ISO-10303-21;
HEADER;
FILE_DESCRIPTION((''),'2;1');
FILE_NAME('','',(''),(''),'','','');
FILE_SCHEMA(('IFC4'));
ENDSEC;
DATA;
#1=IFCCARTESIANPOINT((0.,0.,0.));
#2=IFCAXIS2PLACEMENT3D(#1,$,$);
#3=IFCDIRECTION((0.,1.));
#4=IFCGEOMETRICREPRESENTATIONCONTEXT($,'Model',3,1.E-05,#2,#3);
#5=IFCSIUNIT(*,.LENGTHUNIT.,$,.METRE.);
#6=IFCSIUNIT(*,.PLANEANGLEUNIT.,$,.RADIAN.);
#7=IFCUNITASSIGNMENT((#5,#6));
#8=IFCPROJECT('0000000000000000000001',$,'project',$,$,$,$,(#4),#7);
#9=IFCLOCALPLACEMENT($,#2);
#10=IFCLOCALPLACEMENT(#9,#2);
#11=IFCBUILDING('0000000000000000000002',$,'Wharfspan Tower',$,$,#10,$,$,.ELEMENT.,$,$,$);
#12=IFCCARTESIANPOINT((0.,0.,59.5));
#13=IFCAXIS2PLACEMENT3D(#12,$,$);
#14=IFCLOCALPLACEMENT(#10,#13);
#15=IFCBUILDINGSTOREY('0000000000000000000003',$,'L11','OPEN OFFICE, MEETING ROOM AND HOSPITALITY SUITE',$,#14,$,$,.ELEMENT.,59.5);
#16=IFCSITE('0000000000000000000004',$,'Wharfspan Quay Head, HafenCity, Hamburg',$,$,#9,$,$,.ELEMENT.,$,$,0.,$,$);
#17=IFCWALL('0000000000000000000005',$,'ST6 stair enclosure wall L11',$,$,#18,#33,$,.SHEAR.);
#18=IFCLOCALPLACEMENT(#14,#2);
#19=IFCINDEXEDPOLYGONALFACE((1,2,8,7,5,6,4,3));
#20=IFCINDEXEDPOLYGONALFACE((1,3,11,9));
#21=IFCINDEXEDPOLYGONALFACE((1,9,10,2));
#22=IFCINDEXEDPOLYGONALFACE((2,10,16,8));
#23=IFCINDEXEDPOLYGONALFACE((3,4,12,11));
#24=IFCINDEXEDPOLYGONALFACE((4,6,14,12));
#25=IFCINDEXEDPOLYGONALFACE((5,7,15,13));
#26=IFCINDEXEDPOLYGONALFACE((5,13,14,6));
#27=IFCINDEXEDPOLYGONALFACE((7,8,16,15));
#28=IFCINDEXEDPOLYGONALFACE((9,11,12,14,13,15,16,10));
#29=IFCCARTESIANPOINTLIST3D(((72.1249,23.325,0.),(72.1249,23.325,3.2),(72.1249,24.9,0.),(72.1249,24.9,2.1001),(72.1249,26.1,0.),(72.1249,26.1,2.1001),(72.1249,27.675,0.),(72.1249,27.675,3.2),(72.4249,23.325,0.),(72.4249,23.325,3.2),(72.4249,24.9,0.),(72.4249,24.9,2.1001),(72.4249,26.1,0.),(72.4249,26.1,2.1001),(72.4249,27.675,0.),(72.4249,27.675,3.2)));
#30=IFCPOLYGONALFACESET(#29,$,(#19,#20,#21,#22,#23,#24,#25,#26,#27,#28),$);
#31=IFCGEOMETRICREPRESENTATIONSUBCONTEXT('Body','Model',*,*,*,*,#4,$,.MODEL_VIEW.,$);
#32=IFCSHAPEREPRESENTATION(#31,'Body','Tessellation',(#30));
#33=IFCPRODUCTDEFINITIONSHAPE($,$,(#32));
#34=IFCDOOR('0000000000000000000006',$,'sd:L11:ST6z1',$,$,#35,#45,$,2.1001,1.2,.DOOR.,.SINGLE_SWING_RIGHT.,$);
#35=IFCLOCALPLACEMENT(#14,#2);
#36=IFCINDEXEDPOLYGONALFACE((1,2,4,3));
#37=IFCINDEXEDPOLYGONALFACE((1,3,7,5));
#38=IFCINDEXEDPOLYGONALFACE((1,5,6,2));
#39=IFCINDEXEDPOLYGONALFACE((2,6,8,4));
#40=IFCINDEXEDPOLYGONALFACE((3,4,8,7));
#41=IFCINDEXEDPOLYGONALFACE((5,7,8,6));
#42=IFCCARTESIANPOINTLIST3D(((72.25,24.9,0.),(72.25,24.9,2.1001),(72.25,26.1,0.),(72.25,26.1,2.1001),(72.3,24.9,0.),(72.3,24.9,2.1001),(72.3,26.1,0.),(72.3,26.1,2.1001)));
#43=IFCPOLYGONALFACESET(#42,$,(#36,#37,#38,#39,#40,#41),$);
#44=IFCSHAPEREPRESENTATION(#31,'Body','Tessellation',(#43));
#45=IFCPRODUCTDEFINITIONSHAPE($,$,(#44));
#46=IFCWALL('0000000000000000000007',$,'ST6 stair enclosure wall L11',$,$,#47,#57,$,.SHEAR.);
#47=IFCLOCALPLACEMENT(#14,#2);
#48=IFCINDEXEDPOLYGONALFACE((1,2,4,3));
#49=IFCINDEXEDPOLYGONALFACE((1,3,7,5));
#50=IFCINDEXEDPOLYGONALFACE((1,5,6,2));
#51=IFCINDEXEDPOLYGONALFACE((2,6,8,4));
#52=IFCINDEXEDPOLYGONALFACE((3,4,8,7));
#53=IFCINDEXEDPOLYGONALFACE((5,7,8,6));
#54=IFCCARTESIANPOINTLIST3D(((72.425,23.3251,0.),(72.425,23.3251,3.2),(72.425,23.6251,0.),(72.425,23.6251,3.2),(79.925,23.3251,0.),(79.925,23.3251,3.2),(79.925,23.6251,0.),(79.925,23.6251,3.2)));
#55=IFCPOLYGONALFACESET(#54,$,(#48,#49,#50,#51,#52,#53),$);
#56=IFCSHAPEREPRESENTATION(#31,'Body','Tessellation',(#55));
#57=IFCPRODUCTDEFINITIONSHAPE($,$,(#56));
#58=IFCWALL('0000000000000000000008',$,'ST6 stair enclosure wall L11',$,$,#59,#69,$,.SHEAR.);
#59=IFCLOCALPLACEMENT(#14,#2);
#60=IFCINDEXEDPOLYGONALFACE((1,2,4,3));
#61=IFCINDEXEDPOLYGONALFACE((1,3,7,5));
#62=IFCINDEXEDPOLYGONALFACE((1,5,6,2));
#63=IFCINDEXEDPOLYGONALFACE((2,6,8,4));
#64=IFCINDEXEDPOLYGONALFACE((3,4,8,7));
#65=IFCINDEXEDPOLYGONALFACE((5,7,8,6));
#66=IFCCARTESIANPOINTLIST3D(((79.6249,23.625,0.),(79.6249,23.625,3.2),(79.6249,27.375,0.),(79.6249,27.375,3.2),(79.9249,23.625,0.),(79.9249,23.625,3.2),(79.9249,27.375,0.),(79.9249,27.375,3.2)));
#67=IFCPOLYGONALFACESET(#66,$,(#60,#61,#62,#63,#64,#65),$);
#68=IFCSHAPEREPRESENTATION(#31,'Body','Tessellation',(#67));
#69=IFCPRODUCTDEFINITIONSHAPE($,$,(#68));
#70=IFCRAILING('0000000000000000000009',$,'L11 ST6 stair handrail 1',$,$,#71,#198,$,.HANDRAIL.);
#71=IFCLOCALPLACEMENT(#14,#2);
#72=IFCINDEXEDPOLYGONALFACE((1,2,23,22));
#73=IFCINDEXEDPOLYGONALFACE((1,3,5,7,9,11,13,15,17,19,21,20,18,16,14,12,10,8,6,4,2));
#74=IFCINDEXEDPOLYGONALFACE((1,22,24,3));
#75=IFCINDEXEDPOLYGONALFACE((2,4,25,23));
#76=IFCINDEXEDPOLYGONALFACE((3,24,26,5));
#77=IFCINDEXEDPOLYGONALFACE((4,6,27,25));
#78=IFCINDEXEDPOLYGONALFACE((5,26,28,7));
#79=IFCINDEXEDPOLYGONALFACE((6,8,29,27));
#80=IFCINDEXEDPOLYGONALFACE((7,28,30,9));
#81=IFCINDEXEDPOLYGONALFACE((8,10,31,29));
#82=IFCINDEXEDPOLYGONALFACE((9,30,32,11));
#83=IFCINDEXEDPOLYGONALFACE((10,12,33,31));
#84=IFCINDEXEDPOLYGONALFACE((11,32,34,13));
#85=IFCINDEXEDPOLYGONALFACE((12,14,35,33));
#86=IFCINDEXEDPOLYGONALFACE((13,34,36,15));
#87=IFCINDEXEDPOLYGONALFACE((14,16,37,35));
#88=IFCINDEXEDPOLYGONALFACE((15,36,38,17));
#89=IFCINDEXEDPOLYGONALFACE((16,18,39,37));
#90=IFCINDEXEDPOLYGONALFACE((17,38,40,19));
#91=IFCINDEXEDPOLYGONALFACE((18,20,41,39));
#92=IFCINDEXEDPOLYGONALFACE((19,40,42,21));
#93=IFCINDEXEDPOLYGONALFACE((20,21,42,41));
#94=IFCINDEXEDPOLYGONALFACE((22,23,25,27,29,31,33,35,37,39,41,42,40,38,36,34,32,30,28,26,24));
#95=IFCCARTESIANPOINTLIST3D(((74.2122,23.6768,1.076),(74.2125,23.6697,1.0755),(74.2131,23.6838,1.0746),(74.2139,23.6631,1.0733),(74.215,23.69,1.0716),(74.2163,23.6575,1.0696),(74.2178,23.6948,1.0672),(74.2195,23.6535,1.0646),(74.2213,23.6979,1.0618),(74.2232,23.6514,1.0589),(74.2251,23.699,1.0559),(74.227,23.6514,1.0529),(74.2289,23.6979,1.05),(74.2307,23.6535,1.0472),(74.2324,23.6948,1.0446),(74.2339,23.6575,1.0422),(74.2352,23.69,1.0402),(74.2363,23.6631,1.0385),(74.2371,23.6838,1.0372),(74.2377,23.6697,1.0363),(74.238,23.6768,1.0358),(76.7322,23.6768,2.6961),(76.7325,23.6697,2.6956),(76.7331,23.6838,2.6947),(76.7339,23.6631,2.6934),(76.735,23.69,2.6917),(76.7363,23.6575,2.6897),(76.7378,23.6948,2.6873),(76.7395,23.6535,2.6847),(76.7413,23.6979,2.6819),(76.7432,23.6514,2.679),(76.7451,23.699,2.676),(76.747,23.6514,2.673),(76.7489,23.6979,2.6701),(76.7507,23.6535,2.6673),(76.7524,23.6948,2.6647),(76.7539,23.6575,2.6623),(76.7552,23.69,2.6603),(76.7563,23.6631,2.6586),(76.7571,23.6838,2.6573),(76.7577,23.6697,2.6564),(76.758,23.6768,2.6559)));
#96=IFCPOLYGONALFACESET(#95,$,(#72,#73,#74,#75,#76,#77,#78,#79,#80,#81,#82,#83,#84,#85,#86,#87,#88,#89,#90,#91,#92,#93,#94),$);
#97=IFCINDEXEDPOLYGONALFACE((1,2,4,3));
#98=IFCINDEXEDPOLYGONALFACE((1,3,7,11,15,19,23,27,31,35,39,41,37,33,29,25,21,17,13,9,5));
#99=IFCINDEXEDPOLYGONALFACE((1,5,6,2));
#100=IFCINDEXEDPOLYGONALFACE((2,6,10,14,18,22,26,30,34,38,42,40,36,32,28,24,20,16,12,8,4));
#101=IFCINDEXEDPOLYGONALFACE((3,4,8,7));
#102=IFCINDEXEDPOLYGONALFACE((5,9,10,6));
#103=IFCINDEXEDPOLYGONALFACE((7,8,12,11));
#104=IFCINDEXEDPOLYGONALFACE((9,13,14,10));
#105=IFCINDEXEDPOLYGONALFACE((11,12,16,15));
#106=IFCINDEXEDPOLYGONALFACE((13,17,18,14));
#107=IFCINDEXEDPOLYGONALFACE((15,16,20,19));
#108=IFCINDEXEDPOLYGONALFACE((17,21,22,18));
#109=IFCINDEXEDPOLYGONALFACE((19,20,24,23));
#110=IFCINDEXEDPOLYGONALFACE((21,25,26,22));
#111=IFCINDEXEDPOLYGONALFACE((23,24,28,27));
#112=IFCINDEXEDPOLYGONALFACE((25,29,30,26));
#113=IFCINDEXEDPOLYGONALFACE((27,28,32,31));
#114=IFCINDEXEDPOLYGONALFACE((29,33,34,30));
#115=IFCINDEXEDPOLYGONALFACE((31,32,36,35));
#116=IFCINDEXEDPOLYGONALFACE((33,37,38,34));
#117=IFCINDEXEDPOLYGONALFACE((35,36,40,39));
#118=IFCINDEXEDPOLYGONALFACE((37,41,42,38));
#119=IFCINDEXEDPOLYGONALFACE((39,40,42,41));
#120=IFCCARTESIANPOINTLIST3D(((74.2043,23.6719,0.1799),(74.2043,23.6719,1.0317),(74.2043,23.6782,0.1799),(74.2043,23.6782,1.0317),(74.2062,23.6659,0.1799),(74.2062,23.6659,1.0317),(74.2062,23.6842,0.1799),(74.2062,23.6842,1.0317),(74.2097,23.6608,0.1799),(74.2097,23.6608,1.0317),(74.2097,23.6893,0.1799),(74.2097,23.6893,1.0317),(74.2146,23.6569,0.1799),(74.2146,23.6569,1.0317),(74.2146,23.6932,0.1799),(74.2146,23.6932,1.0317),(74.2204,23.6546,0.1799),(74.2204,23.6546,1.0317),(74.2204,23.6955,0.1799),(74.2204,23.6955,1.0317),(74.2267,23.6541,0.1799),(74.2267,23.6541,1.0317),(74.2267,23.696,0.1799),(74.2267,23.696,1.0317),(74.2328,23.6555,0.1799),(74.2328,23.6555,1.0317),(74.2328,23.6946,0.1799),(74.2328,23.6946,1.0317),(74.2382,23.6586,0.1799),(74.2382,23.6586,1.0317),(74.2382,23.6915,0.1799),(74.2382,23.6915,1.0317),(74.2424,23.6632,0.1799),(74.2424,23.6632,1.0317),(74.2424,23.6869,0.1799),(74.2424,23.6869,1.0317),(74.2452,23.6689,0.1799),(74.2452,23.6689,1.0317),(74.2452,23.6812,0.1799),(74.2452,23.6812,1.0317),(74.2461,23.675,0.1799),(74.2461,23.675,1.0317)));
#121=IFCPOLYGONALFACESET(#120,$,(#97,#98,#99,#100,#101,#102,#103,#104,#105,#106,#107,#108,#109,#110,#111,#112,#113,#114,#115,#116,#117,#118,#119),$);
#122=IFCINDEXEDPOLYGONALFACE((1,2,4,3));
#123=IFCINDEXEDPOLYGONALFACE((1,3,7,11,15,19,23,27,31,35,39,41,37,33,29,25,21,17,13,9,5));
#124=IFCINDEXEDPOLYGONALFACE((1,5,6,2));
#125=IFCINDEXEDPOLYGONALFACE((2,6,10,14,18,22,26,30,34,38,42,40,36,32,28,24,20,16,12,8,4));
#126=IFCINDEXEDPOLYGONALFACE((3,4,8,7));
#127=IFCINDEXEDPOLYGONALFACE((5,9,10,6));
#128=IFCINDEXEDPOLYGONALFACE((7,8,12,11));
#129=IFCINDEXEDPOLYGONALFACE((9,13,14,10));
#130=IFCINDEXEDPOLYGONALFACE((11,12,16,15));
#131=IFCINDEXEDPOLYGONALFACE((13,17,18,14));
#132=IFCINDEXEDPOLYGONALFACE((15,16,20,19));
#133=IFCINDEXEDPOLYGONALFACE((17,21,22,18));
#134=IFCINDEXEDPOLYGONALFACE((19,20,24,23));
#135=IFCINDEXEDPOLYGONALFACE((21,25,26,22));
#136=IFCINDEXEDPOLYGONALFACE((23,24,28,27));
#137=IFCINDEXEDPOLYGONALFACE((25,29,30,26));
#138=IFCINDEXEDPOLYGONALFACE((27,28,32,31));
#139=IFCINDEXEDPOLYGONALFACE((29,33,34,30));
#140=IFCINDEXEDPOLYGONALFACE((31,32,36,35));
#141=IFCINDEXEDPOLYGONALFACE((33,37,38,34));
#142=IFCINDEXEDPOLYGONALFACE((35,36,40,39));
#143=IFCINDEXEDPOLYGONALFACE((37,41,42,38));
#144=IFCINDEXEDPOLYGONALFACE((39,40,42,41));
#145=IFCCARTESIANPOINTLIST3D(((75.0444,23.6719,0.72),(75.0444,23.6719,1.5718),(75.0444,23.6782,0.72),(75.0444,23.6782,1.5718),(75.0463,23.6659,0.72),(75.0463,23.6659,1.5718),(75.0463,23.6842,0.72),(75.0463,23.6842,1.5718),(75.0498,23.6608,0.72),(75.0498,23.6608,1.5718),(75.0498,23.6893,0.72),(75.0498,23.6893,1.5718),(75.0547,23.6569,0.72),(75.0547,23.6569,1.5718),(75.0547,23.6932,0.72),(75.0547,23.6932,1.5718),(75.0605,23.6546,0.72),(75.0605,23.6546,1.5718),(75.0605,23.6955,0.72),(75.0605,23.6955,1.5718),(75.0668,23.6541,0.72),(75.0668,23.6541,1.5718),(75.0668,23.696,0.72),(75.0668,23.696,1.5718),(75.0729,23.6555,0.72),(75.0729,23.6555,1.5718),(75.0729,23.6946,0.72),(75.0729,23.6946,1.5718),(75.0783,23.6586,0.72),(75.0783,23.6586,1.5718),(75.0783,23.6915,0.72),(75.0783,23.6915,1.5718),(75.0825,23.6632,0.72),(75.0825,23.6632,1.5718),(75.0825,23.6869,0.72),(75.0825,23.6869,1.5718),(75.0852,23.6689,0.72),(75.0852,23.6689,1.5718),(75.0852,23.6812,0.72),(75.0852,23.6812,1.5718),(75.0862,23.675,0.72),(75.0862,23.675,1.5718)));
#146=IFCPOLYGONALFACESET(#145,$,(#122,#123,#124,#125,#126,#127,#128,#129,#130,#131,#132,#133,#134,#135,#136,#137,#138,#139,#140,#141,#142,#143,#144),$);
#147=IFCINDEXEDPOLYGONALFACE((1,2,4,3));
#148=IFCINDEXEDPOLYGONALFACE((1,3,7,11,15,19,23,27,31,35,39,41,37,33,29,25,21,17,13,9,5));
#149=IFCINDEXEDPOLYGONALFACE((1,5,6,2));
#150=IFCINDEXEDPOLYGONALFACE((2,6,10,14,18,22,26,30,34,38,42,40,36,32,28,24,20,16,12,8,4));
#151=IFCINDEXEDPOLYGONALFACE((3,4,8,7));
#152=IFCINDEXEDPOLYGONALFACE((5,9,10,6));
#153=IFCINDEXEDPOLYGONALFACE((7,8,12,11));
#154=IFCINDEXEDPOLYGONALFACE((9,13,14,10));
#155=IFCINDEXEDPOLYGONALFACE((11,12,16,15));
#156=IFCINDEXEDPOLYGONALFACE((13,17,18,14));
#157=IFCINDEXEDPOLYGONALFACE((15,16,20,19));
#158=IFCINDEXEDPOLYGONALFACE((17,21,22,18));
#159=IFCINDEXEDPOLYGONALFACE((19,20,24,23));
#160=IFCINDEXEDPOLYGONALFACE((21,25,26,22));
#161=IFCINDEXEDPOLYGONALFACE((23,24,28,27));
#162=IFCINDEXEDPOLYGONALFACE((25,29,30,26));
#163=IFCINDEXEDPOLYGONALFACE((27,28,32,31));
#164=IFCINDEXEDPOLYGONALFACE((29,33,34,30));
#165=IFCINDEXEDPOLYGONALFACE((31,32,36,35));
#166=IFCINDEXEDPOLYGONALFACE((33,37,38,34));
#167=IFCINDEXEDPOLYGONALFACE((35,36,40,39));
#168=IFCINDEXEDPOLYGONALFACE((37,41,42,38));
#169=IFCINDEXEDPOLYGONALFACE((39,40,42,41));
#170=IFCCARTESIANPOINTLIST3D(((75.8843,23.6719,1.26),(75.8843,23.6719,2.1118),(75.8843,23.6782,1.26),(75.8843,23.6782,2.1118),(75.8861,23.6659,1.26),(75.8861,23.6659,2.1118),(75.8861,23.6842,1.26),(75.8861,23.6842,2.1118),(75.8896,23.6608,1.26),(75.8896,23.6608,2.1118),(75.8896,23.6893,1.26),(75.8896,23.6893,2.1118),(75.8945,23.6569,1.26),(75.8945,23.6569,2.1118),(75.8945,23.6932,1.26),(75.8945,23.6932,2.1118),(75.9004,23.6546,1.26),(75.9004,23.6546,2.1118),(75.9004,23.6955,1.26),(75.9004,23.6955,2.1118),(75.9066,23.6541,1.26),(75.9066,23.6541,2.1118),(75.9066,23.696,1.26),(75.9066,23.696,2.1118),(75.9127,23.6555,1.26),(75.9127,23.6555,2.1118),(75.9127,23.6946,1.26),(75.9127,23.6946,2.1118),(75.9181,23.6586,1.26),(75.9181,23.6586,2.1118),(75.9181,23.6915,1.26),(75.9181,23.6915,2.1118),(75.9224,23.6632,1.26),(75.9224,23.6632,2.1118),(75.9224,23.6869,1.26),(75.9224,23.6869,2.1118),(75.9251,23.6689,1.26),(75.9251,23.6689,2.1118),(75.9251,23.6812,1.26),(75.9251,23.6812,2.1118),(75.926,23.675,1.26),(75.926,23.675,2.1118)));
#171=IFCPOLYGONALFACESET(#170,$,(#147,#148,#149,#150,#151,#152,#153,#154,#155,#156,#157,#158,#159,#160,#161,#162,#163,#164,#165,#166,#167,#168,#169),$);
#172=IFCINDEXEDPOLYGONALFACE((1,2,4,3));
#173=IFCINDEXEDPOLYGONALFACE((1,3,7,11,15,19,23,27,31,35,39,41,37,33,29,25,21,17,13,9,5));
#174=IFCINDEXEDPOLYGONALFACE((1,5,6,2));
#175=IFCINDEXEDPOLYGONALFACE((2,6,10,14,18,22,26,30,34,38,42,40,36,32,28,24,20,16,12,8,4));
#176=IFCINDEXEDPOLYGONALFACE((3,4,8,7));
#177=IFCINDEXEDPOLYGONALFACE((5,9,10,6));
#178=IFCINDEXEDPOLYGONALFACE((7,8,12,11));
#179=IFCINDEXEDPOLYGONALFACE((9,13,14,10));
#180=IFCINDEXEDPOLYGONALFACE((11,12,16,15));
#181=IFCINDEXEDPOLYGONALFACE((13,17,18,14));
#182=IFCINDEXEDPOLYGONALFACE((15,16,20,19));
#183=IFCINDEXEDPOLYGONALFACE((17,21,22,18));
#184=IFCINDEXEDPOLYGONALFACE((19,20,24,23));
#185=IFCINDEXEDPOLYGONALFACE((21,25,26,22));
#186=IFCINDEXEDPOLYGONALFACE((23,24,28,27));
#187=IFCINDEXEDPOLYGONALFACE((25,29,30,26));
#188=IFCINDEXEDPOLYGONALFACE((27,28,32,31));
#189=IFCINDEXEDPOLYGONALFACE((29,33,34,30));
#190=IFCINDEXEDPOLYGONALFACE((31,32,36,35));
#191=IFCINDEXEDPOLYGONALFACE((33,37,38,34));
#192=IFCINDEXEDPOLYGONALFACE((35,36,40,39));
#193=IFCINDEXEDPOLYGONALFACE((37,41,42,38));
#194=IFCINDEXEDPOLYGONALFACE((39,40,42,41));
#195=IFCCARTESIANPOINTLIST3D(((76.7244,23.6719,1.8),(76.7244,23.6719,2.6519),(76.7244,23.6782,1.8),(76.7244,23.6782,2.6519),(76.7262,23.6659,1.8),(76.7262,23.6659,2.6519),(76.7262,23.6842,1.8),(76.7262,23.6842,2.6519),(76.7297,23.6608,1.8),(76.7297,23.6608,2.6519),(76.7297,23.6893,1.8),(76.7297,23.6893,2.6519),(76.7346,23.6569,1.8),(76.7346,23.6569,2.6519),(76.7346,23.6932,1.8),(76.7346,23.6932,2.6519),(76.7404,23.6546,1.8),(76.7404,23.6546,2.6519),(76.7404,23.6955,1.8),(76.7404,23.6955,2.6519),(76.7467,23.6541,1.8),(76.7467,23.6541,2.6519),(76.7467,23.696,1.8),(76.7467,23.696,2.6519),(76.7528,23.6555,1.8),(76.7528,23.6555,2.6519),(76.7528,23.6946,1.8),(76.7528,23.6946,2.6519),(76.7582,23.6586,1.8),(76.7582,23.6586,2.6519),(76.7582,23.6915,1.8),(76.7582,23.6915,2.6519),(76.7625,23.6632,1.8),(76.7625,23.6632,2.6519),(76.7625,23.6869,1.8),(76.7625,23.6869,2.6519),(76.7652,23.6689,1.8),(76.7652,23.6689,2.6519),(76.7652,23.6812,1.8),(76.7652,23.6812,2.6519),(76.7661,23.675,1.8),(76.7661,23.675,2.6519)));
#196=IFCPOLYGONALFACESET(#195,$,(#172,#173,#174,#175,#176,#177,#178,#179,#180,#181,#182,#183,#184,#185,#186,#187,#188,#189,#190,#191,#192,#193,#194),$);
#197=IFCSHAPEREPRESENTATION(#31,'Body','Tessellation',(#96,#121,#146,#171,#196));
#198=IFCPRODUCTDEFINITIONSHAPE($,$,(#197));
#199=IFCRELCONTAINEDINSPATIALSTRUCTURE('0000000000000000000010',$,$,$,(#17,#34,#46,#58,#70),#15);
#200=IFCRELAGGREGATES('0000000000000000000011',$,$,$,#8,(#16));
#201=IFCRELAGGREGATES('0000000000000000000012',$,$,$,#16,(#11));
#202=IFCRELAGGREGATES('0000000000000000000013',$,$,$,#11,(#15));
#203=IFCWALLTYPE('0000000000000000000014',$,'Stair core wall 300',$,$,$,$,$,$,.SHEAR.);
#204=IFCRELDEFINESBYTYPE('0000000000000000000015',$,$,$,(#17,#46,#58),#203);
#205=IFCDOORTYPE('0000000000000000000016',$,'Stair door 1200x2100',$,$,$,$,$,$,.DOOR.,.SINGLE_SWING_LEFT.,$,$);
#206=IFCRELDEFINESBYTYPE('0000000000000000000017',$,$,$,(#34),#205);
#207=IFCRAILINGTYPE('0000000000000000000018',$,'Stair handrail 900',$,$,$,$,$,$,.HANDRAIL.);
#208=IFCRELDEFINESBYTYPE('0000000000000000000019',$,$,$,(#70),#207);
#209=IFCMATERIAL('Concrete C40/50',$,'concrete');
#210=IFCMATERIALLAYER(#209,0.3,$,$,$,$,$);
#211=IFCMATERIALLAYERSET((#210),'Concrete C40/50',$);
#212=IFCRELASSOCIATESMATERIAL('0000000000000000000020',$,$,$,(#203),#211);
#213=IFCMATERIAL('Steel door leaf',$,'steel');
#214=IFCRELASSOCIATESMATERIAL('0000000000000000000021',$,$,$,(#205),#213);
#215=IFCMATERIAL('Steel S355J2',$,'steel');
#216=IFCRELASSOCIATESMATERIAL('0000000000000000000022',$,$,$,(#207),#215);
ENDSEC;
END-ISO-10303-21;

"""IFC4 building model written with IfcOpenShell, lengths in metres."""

from ifc_helpers import new_model, si_unit, direction, frame, frame_2d, origin, origin_2d, place, context, subcontext, project, spatial, rectangle, circle, extrude, material, layer, layer_set, type_object, element, fill, save


model = new_model("IFC4")

# Units and contexts
model_context = context("Model", 3, precision=1e-05, world=origin(), true_north=direction((0.0, 1.0)))
body_context = subcontext(model_context, "Body", "Model", "MODEL_VIEW")
ifc_project = project(units=[si_unit("LENGTHUNIT", "METRE"), si_unit("PLANEANGLEUNIT", "RADIAN")], contexts=[model_context])

# Site, building, storey
site_placement = place(None, origin())
site = spatial("IfcSite", under=ifc_project, at=site_placement, Name="Wharfspan Quay Head, HafenCity, Hamburg", CompositionType="ELEMENT", RefElevation=0.0)
building_placement = place(site_placement, origin())
building = spatial("IfcBuilding", under=site, at=building_placement, Name="Wharfspan Tower", CompositionType="ELEMENT")
storey_placement = place(building_placement, frame((0.0, 0.0, 59.5)))
storey = spatial("IfcBuildingStorey", under=building, at=storey_placement, Name="L11", Description="OPEN OFFICE, MEETING ROOM AND HOSPITALITY SUITE", CompositionType="ELEMENT", Elevation=59.5)

# Shared definitions
ifc_material_1 = material(Name="Steel S355J2", Category="steel")

# Wall, opening, door
ifc_material_2 = material(Name="Concrete C40/50", Category="concrete")
ifc_layer_1 = layer(ifc_material_2, 0.3)
ifc_layer_set_1 = layer_set([ifc_layer_1], Name="Concrete C40/50")
wall_type_1 = type_object("IfcWallType", Name="Stair core wall 300", PredefinedType="SHEAR", material=ifc_layer_set_1)
wall_1_placement = place(storey_placement, frame((72.2749, 23.325, 0.0), z_axis=(0.0, 0.0, 1.0), x_axis=(0.0, 1.0, 0.0)))
wall_1 = element("IfcWall", 1, at=wall_1_placement, inside=storey, type_object=wall_type_1, Name="ST6 stair enclosure wall L11", PredefinedType="SHEAR", context=body_context, shape_type="SweptSolid", body=[
    extrude(rectangle(XDim=4.3501, YDim=0.3, at=frame_2d((2.175, 0.0))), origin(), (0.0, 0.0, 1.0), 3.2),
])
opening_1_placement = place(wall_1_placement, frame((1.575, 0.0, 0.0)))
opening_1 = element("IfcOpeningElement", 2, at=opening_1_placement, cuts=wall_1, PredefinedType="OPENING", context=body_context, shape_type="SweptSolid", body=[
    extrude(rectangle(XDim=1.2, YDim=2.1001, at=frame_2d((0.6001, 1.05))), frame((0.0, 0.1599, 0.0), z_axis=(0.0, -1.0, 0.0), x_axis=(1.0, 0.0, 0.0)), (0.0, 0.0, 1.0), 0.3201),
])
ifc_material_3 = material(Name="Steel door leaf", Category="steel")
door_type_1 = type_object("IfcDoorType", Name="Stair door 1200x2100", OperationType="SINGLE_SWING_LEFT", PredefinedType="DOOR", material=ifc_material_3)
door_1_placement = place(opening_1_placement, origin())
door_1 = element("IfcDoor", 3, at=door_1_placement, inside=storey, type_object=door_type_1, Name="sd:L11:ST6z1", OperationType="SINGLE_SWING_RIGHT", OverallHeight=2.1001, OverallWidth=1.2, PredefinedType="DOOR", context=body_context, shape_type="SweptSolid", body=[
    extrude(rectangle(XDim=1.2, YDim=2.1001, at=frame_2d((0.6001, 1.05))), frame((0.0, 0.0249, 0.0), z_axis=(0.0, -1.0, 0.0), x_axis=(1.0, 0.0, 0.0)), (0.0, 0.0, 1.0), 0.05),
])
fill(opening_1, door_1)

# Walls
wall_2_placement = place(storey_placement, frame((72.425, 23.4751, 0.0), z_axis=(0.0, 0.0, 1.0), x_axis=(1.0, 0.0, 0.0)))
element("IfcWall", 4, at=wall_2_placement, inside=storey, type_object=wall_type_1, Name="ST6 stair enclosure wall L11", PredefinedType="SHEAR", context=body_context, shape_type="SweptSolid", body=[
    extrude(rectangle(XDim=7.5, YDim=0.3, at=frame_2d((3.75, 0.0))), origin(), (0.0, 0.0, 1.0), 3.2),
])
wall_3_placement = place(storey_placement, frame((79.7749, 23.625, 0.0), z_axis=(0.0, 0.0, 1.0), x_axis=(0.0, 1.0, 0.0)))
element("IfcWall", 5, at=wall_3_placement, inside=storey, type_object=wall_type_1, Name="ST6 stair enclosure wall L11", PredefinedType="SHEAR", context=body_context, shape_type="SweptSolid", body=[
    extrude(rectangle(XDim=3.75, YDim=0.3, at=frame_2d((1.875, 0.0))), origin(), (0.0, 0.0, 1.0), 3.2),
])

# Railing
railing_type = type_object("IfcRailingType", Name="Stair handrail 900", PredefinedType="HANDRAIL", material=ifc_material_1)
railing_placement = place(storey_placement, frame((74.2251, 23.675, 0.1799)))
element("IfcRailing", 6, at=railing_placement, inside=storey, type_object=railing_type, Name="L11 ST6 stair handrail 1", PredefinedType="HANDRAIL", context=body_context, shape_type="SweptSolid", body=[
    extrude(circle(Radius=0.0239, at=origin_2d()), frame((0.0, 0.0, 0.876), z_axis=(0.841163, 0.0, 0.540782), x_axis=(0.0, 1.0, 0.0)), (0.0, 0.0, 1.0), 2.9958),
    extrude(circle(Radius=0.021, at=origin_2d()), origin(), (0.0, 0.0, 1.0), 0.8518),
    extrude(circle(Radius=0.021, at=origin_2d()), frame((0.8401, 0.0, 0.54)), (0.0, 0.0, 1.0), 0.8518),
    extrude(circle(Radius=0.021, at=origin_2d()), frame((1.6799, 0.0, 1.0801)), (0.0, 0.0, 1.0), 0.8518),
    extrude(circle(Radius=0.021, at=origin_2d()), frame((2.52, 0.0, 1.6201)), (0.0, 0.0, 1.0), 0.8518),
])

save(model, "model.ifc")
